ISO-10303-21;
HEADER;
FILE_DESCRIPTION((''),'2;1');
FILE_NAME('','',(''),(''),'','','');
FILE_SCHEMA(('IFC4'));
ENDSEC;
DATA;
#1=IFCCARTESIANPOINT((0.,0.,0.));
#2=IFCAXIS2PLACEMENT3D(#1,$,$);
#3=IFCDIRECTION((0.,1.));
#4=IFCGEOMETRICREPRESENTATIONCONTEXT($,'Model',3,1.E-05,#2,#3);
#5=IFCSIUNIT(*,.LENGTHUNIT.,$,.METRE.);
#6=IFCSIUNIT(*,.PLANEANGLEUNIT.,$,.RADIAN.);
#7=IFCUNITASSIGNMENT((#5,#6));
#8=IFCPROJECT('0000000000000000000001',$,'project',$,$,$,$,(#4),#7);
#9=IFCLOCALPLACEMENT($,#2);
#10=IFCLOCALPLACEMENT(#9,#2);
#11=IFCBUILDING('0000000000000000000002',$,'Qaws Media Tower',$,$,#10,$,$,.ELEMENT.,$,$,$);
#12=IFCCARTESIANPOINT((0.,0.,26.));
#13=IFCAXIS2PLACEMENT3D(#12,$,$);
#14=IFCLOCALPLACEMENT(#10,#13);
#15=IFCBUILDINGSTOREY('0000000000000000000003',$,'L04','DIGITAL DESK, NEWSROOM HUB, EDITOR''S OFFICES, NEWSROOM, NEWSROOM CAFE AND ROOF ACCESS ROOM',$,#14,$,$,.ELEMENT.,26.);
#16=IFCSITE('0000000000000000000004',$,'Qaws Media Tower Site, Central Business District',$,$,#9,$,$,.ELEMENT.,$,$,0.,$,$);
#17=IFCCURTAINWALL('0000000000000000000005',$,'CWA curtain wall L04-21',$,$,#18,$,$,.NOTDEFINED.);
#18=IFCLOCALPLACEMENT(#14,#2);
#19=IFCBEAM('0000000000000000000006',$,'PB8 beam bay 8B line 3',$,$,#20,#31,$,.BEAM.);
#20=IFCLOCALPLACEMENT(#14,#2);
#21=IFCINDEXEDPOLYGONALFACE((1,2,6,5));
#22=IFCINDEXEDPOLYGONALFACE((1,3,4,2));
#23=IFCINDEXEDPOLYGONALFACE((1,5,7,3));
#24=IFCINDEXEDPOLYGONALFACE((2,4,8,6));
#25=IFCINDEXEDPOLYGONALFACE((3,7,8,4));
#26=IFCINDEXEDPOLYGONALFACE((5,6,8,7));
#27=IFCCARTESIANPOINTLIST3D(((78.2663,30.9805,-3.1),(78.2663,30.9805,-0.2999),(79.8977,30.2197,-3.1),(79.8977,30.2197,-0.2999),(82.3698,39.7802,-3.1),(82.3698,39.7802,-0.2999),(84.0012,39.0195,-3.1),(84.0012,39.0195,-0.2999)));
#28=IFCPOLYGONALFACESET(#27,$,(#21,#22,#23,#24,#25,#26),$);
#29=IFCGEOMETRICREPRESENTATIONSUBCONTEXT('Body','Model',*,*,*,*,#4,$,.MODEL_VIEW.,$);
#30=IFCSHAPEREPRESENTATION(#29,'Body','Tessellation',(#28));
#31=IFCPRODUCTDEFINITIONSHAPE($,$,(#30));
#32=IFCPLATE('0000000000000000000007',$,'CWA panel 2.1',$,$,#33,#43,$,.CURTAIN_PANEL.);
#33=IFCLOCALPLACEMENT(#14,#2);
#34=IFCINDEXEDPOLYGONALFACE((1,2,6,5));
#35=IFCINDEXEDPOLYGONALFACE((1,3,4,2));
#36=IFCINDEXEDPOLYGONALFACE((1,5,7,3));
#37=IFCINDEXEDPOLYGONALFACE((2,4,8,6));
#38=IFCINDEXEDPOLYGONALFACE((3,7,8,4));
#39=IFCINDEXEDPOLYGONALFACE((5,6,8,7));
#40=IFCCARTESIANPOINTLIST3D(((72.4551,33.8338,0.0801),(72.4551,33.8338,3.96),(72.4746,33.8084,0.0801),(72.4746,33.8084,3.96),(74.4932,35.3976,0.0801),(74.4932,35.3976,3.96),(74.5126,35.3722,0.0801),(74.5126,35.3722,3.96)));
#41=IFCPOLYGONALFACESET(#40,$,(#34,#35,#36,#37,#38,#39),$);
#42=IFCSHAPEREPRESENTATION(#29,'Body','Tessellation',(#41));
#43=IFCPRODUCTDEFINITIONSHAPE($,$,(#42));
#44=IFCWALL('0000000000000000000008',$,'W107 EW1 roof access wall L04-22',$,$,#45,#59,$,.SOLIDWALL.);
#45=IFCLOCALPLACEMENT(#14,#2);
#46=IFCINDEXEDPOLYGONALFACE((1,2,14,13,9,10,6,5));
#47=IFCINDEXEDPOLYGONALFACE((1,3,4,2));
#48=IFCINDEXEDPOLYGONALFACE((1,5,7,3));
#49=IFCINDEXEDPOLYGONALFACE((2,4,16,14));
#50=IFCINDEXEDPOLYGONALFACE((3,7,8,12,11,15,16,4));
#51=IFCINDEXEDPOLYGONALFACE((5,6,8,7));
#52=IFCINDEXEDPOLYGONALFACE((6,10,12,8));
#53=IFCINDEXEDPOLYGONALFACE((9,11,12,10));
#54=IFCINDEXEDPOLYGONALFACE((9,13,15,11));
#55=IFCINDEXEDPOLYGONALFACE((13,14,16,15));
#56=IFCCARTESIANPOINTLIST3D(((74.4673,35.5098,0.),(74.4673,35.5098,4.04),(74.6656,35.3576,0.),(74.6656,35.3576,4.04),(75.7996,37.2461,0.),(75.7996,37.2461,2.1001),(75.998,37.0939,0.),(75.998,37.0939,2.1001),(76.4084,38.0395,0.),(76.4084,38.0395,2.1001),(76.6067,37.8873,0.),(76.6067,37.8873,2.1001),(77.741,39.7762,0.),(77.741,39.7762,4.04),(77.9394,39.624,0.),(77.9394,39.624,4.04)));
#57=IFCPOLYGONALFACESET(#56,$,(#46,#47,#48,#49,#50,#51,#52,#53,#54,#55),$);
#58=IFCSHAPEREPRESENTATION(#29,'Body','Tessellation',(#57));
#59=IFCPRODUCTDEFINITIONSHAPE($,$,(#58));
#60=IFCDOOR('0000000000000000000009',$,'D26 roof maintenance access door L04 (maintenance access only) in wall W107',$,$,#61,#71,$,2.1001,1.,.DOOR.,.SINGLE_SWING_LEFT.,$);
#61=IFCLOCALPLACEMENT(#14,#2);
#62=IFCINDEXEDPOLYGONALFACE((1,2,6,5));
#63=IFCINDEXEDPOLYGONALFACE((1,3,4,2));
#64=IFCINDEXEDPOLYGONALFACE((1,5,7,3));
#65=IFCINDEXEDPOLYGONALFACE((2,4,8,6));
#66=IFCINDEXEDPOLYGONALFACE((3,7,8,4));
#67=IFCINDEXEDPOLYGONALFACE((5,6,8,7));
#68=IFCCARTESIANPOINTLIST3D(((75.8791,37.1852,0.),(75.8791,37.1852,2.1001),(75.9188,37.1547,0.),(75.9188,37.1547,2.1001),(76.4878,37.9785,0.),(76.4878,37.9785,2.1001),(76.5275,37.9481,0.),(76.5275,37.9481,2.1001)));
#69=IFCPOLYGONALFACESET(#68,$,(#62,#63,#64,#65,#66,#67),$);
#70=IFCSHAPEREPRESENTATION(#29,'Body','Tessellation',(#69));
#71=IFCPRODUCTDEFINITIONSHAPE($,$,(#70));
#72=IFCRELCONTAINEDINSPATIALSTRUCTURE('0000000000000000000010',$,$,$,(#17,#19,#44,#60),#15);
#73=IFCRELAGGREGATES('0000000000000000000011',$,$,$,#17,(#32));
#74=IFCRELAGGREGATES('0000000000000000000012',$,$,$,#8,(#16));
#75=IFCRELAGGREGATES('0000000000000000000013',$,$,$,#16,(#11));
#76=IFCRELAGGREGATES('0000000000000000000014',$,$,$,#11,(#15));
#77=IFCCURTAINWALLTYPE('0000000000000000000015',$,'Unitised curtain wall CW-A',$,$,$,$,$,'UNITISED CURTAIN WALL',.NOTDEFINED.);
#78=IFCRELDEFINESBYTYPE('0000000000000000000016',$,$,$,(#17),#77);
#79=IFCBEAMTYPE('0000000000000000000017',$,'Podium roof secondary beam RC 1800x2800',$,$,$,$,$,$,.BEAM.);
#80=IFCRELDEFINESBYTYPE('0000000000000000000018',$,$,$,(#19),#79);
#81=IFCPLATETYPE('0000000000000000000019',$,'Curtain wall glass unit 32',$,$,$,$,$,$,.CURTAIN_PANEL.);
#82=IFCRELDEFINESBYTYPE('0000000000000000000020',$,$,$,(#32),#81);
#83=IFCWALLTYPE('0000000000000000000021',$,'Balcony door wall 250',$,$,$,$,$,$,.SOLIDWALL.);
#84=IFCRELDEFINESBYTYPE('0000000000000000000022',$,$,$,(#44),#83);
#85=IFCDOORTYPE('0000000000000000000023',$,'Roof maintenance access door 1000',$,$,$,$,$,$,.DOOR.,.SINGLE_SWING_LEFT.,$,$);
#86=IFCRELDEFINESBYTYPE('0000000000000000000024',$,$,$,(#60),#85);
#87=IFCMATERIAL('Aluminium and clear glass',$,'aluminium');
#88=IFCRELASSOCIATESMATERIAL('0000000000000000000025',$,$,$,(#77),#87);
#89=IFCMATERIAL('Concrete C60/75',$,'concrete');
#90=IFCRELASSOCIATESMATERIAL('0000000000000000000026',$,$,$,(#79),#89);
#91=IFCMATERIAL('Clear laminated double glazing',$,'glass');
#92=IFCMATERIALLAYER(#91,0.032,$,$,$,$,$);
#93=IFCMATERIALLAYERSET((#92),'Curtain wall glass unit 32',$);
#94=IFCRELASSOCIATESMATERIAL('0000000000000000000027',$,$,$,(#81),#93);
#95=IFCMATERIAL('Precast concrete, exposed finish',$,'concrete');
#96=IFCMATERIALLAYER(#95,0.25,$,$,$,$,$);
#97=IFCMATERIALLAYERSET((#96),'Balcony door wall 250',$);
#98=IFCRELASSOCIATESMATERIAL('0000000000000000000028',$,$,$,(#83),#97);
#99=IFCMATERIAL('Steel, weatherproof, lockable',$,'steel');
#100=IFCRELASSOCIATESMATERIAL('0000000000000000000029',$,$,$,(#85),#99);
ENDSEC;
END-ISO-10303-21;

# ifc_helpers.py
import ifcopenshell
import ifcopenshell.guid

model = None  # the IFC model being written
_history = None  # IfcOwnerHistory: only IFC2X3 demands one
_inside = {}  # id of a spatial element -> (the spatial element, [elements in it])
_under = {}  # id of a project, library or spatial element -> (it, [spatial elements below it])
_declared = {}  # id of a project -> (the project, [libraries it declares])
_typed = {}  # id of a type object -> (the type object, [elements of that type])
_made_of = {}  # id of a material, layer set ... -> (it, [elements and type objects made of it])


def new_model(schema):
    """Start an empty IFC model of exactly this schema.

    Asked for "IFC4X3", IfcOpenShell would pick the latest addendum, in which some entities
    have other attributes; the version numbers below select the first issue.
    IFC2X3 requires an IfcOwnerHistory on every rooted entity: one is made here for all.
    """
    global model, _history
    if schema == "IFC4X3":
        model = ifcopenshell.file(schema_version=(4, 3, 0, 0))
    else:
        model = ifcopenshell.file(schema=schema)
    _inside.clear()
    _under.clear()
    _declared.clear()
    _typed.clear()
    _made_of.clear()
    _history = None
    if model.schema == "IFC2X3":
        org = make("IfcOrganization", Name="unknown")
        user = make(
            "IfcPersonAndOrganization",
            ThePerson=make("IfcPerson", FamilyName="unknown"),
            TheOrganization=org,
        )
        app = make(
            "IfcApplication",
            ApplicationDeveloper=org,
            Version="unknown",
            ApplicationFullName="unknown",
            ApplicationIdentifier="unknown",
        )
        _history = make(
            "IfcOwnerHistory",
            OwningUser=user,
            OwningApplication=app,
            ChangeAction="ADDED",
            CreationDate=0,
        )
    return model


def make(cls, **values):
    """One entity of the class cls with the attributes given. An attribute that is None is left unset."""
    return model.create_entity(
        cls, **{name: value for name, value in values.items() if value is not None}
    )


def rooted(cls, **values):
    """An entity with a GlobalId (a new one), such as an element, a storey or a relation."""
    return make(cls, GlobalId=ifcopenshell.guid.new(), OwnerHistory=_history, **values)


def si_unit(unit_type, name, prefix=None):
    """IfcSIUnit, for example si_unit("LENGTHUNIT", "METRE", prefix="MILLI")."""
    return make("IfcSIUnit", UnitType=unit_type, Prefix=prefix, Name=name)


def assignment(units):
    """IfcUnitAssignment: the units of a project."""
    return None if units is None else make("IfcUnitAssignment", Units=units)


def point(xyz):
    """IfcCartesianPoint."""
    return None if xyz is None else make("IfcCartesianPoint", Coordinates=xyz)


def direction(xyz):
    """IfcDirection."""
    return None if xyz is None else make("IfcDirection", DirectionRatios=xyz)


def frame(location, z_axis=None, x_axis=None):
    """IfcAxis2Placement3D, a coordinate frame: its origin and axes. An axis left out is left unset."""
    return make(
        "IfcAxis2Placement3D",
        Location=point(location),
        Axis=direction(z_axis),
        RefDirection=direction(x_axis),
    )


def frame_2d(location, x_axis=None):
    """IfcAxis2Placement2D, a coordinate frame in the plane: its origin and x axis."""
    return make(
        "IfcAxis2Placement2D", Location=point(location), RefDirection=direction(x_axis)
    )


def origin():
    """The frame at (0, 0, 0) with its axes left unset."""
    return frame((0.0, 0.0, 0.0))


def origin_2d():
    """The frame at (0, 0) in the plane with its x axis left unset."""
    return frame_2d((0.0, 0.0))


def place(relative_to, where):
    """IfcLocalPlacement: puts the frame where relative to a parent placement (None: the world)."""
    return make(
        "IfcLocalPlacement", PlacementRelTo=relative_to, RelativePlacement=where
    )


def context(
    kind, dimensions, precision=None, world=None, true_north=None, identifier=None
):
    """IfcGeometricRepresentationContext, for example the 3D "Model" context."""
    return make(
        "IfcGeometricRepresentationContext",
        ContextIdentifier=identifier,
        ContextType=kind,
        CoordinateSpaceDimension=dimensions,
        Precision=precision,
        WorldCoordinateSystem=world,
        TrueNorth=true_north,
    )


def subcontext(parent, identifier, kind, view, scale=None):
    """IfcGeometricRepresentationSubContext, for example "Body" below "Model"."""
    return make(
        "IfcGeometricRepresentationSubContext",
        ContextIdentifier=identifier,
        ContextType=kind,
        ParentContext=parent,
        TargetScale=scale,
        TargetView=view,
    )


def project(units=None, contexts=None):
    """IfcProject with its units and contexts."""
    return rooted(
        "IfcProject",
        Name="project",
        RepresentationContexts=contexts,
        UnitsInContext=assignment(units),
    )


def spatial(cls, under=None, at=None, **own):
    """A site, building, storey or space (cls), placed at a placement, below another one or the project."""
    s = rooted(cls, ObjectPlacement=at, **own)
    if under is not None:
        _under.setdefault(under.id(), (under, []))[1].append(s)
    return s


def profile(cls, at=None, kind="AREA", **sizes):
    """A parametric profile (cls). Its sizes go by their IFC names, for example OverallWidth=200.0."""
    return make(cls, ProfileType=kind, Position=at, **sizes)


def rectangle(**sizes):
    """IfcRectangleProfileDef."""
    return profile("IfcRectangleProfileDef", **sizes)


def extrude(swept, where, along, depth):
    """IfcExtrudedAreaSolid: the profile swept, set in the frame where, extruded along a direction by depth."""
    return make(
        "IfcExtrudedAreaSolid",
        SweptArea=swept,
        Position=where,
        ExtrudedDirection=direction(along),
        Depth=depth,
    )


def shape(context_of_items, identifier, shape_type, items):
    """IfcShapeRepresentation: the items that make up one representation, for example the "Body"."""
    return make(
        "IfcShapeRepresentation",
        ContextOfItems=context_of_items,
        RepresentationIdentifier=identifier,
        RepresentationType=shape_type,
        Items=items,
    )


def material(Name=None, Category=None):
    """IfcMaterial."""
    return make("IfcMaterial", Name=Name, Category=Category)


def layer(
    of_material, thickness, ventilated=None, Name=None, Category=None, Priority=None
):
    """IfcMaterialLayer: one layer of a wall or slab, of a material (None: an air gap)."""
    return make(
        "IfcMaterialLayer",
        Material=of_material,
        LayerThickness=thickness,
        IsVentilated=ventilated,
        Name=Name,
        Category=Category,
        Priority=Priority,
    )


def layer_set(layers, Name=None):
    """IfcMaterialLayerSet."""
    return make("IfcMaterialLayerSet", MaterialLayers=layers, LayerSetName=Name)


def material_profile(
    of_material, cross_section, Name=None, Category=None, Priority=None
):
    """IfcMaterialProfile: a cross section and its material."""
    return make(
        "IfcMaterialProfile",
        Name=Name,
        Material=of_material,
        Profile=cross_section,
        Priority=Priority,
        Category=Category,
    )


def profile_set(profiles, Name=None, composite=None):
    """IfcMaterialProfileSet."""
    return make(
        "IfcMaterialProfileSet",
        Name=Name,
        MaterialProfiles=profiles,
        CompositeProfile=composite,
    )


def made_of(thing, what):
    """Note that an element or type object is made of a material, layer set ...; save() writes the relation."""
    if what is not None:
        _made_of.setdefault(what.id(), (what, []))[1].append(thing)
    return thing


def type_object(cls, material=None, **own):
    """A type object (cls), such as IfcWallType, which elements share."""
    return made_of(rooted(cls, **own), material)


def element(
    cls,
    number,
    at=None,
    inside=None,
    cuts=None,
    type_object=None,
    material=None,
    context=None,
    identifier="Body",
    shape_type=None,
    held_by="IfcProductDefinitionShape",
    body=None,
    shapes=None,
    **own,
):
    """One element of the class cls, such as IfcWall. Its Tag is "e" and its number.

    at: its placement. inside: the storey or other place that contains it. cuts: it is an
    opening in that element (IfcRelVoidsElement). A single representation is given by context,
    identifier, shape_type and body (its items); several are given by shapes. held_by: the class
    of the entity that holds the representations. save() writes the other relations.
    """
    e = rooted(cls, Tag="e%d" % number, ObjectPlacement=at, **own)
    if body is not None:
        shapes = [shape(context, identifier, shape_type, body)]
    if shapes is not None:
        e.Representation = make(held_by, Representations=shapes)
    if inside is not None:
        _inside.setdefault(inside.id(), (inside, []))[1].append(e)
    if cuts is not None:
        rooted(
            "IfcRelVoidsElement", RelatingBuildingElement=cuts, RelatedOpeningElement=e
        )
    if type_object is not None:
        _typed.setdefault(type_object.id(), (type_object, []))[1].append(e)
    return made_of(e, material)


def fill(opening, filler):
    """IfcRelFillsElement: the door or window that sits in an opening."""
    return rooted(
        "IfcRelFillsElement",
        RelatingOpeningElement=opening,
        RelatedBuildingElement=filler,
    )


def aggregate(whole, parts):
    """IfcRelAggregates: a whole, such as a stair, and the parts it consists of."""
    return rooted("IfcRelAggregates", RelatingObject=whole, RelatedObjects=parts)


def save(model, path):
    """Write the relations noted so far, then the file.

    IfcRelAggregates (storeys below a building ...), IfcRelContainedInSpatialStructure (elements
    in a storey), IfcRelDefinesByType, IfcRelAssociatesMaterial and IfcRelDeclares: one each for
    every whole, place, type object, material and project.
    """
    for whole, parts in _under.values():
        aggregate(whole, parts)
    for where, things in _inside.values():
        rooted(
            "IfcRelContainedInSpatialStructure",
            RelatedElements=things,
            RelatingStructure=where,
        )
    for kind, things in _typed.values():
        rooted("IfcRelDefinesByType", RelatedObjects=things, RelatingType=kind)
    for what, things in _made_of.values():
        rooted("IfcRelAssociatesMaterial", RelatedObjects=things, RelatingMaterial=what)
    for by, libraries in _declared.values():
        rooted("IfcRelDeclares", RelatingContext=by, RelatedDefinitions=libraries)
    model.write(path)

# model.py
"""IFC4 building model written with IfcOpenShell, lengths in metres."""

from ifc_helpers import new_model, si_unit, direction, frame, frame_2d, origin, origin_2d, place, context, subcontext, project, spatial, rectangle, extrude, material, layer, layer_set, material_profile, profile_set, type_object, element, fill, aggregate, save


model = new_model("IFC4")

# Units and contexts
model_context = context("Model", 3, precision=1e-05, world=origin(), true_north=direction((0.0, 1.0)))
body_context = subcontext(model_context, "Body", "Model", "MODEL_VIEW")
ifc_project = project(units=[si_unit("LENGTHUNIT", "METRE"), si_unit("PLANEANGLEUNIT", "RADIAN")], contexts=[model_context])

# Site, building, storey
site_placement = place(None, origin())
site = spatial("IfcSite", under=ifc_project, at=site_placement, Name="Qaws Media Tower Site, Central Business District", CompositionType="ELEMENT", RefElevation=0.0)
building_placement = place(site_placement, origin())
building = spatial("IfcBuilding", under=site, at=building_placement, Name="Qaws Media Tower", CompositionType="ELEMENT")
storey_placement = place(building_placement, frame((0.0, 0.0, 26.0)))
storey = spatial("IfcBuildingStorey", under=building, at=storey_placement, Name="L04", Description="DIGITAL DESK, NEWSROOM HUB, EDITOR'S OFFICES, NEWSROOM, NEWSROOM CAFE AND ROOF ACCESS ROOM", CompositionType="ELEMENT", Elevation=26.0)

# Curtain wall
ifc_material_1 = material(Name="Aluminium and clear glass", Category="aluminium")
curtain_wall_type = type_object("IfcCurtainWallType", Name="Unitised curtain wall CW-A", ElementType="UNITISED CURTAIN WALL", PredefinedType="NOTDEFINED", material=ifc_material_1)
curtain_wall_1_placement = place(storey_placement, origin())
curtain_wall_1 = element("IfcCurtainWall", 1, at=curtain_wall_1_placement, inside=storey, type_object=curtain_wall_type, Name="CWA curtain wall L04-21", PredefinedType="NOTDEFINED")

# Beam
ifc_material_2 = material(Name="Concrete C60/75", Category="concrete")
ifc_material_profile_1 = material_profile(ifc_material_2, rectangle(XDim=1.8, YDim=2.8, at=origin_2d()), Name="RC 1800x2800")
ifc_profile_set_1 = profile_set([ifc_material_profile_1], Name="Concrete C60/75")
beam_type_1 = type_object("IfcBeamType", Name="Podium roof secondary beam RC 1800x2800", PredefinedType="BEAM", material=ifc_profile_set_1)
beam_1_placement = place(storey_placement, frame((79.082, 30.6001, -1.7), z_axis=(0.422627, 0.906304, 0.0), x_axis=(-0.906304, 0.422627, 0.0)))
element("IfcBeam", 2, at=beam_1_placement, inside=storey, type_object=beam_type_1, Name="PB8 beam bay 8B line 3", PredefinedType="BEAM", context=body_context, shape_type="SweptSolid", body=[
    extrude(rectangle(XDim=1.8, YDim=2.8, at=origin_2d()), origin(), (0.0, 0.0, 1.0), 9.7095),
])

# Plate
ifc_material_3 = material(Name="Clear laminated double glazing", Category="glass")
ifc_layer_1 = layer(ifc_material_3, 0.032)
ifc_layer_set_1 = layer_set([ifc_layer_1], Name="Curtain wall glass unit 32")
plate_type = type_object("IfcPlateType", Name="Curtain wall glass unit 32", PredefinedType="CURTAIN_PANEL", material=ifc_layer_set_1)
plate_placement = place(storey_placement, frame((73.4839, 34.603, 0.0801), z_axis=(0.0, 0.0, 1.0), x_axis=(0.793353, 0.608761, 0.0)))
plate = element("IfcPlate", 3, at=plate_placement, type_object=plate_type, Name="CWA panel 2.1", PredefinedType="CURTAIN_PANEL", context=body_context, shape_type="SweptSolid", body=[
    extrude(rectangle(XDim=2.5688, YDim=0.032, at=origin_2d()), origin(), (0.0, 0.0, 1.0), 3.8799),
])
aggregate(curtain_wall_1, [plate])

# Wall, opening, door
ifc_material_4 = material(Name="Precast concrete, exposed finish", Category="concrete")
ifc_layer_2 = layer(ifc_material_4, 0.25)
ifc_layer_set_2 = layer_set([ifc_layer_2], Name="Balcony door wall 250")
wall_type = type_object("IfcWallType", Name="Balcony door wall 250", PredefinedType="SOLIDWALL", material=ifc_layer_set_2)
wall_placement = place(storey_placement, frame((74.5664, 35.4336, 0.0), z_axis=(0.0, 0.0, 1.0), x_axis=(0.60876, 0.793354, 0.0)))
wall = element("IfcWall", 4, at=wall_placement, inside=storey, type_object=wall_type, Name="W107 EW1 roof access wall L04-22", PredefinedType="SOLIDWALL", context=body_context, shape_type="SweptSolid", body=[
    extrude(rectangle(XDim=5.3777, YDim=0.25, at=frame_2d((2.689, 0.0))), origin(), (0.0, 0.0, 1.0), 4.04),
])
opening_placement = place(wall_placement, frame((2.1887, 0.0, 0.0)))
opening = element("IfcOpeningElement", 5, at=opening_placement, cuts=wall, PredefinedType="OPENING", context=body_context, shape_type="SweptSolid", body=[
    extrude(rectangle(XDim=1.0, YDim=2.1001, at=frame_2d((0.5, 1.05))), frame((0.0, 0.135, 0.0), z_axis=(0.0, -1.0, 0.0), x_axis=(1.0, 0.0, 0.0)), (0.0, 0.0, 1.0), 0.27),
])
ifc_material_5 = material(Name="Steel, weatherproof, lockable", Category="steel")
door_type = type_object("IfcDoorType", Name="Roof maintenance access door 1000", OperationType="SINGLE_SWING_LEFT", PredefinedType="DOOR", material=ifc_material_5)
door_placement = place(opening_placement, origin())
door = element("IfcDoor", 6, at=door_placement, inside=storey, type_object=door_type, Name="D26 roof maintenance access door L04 (maintenance access only) in wall W107", OperationType="SINGLE_SWING_LEFT", OverallHeight=2.1001, OverallWidth=1.0, PredefinedType="DOOR", context=body_context, shape_type="SweptSolid", body=[
    extrude(rectangle(XDim=1.0, YDim=2.1001, at=frame_2d((0.5, 1.05))), frame((0.0, 0.0249, 0.0), z_axis=(0.0, -1.0, 0.0), x_axis=(1.0, 0.0, 0.0)), (0.0, 0.0, 1.0), 0.05),
])
fill(opening, door)

save(model, "model.ifc")
